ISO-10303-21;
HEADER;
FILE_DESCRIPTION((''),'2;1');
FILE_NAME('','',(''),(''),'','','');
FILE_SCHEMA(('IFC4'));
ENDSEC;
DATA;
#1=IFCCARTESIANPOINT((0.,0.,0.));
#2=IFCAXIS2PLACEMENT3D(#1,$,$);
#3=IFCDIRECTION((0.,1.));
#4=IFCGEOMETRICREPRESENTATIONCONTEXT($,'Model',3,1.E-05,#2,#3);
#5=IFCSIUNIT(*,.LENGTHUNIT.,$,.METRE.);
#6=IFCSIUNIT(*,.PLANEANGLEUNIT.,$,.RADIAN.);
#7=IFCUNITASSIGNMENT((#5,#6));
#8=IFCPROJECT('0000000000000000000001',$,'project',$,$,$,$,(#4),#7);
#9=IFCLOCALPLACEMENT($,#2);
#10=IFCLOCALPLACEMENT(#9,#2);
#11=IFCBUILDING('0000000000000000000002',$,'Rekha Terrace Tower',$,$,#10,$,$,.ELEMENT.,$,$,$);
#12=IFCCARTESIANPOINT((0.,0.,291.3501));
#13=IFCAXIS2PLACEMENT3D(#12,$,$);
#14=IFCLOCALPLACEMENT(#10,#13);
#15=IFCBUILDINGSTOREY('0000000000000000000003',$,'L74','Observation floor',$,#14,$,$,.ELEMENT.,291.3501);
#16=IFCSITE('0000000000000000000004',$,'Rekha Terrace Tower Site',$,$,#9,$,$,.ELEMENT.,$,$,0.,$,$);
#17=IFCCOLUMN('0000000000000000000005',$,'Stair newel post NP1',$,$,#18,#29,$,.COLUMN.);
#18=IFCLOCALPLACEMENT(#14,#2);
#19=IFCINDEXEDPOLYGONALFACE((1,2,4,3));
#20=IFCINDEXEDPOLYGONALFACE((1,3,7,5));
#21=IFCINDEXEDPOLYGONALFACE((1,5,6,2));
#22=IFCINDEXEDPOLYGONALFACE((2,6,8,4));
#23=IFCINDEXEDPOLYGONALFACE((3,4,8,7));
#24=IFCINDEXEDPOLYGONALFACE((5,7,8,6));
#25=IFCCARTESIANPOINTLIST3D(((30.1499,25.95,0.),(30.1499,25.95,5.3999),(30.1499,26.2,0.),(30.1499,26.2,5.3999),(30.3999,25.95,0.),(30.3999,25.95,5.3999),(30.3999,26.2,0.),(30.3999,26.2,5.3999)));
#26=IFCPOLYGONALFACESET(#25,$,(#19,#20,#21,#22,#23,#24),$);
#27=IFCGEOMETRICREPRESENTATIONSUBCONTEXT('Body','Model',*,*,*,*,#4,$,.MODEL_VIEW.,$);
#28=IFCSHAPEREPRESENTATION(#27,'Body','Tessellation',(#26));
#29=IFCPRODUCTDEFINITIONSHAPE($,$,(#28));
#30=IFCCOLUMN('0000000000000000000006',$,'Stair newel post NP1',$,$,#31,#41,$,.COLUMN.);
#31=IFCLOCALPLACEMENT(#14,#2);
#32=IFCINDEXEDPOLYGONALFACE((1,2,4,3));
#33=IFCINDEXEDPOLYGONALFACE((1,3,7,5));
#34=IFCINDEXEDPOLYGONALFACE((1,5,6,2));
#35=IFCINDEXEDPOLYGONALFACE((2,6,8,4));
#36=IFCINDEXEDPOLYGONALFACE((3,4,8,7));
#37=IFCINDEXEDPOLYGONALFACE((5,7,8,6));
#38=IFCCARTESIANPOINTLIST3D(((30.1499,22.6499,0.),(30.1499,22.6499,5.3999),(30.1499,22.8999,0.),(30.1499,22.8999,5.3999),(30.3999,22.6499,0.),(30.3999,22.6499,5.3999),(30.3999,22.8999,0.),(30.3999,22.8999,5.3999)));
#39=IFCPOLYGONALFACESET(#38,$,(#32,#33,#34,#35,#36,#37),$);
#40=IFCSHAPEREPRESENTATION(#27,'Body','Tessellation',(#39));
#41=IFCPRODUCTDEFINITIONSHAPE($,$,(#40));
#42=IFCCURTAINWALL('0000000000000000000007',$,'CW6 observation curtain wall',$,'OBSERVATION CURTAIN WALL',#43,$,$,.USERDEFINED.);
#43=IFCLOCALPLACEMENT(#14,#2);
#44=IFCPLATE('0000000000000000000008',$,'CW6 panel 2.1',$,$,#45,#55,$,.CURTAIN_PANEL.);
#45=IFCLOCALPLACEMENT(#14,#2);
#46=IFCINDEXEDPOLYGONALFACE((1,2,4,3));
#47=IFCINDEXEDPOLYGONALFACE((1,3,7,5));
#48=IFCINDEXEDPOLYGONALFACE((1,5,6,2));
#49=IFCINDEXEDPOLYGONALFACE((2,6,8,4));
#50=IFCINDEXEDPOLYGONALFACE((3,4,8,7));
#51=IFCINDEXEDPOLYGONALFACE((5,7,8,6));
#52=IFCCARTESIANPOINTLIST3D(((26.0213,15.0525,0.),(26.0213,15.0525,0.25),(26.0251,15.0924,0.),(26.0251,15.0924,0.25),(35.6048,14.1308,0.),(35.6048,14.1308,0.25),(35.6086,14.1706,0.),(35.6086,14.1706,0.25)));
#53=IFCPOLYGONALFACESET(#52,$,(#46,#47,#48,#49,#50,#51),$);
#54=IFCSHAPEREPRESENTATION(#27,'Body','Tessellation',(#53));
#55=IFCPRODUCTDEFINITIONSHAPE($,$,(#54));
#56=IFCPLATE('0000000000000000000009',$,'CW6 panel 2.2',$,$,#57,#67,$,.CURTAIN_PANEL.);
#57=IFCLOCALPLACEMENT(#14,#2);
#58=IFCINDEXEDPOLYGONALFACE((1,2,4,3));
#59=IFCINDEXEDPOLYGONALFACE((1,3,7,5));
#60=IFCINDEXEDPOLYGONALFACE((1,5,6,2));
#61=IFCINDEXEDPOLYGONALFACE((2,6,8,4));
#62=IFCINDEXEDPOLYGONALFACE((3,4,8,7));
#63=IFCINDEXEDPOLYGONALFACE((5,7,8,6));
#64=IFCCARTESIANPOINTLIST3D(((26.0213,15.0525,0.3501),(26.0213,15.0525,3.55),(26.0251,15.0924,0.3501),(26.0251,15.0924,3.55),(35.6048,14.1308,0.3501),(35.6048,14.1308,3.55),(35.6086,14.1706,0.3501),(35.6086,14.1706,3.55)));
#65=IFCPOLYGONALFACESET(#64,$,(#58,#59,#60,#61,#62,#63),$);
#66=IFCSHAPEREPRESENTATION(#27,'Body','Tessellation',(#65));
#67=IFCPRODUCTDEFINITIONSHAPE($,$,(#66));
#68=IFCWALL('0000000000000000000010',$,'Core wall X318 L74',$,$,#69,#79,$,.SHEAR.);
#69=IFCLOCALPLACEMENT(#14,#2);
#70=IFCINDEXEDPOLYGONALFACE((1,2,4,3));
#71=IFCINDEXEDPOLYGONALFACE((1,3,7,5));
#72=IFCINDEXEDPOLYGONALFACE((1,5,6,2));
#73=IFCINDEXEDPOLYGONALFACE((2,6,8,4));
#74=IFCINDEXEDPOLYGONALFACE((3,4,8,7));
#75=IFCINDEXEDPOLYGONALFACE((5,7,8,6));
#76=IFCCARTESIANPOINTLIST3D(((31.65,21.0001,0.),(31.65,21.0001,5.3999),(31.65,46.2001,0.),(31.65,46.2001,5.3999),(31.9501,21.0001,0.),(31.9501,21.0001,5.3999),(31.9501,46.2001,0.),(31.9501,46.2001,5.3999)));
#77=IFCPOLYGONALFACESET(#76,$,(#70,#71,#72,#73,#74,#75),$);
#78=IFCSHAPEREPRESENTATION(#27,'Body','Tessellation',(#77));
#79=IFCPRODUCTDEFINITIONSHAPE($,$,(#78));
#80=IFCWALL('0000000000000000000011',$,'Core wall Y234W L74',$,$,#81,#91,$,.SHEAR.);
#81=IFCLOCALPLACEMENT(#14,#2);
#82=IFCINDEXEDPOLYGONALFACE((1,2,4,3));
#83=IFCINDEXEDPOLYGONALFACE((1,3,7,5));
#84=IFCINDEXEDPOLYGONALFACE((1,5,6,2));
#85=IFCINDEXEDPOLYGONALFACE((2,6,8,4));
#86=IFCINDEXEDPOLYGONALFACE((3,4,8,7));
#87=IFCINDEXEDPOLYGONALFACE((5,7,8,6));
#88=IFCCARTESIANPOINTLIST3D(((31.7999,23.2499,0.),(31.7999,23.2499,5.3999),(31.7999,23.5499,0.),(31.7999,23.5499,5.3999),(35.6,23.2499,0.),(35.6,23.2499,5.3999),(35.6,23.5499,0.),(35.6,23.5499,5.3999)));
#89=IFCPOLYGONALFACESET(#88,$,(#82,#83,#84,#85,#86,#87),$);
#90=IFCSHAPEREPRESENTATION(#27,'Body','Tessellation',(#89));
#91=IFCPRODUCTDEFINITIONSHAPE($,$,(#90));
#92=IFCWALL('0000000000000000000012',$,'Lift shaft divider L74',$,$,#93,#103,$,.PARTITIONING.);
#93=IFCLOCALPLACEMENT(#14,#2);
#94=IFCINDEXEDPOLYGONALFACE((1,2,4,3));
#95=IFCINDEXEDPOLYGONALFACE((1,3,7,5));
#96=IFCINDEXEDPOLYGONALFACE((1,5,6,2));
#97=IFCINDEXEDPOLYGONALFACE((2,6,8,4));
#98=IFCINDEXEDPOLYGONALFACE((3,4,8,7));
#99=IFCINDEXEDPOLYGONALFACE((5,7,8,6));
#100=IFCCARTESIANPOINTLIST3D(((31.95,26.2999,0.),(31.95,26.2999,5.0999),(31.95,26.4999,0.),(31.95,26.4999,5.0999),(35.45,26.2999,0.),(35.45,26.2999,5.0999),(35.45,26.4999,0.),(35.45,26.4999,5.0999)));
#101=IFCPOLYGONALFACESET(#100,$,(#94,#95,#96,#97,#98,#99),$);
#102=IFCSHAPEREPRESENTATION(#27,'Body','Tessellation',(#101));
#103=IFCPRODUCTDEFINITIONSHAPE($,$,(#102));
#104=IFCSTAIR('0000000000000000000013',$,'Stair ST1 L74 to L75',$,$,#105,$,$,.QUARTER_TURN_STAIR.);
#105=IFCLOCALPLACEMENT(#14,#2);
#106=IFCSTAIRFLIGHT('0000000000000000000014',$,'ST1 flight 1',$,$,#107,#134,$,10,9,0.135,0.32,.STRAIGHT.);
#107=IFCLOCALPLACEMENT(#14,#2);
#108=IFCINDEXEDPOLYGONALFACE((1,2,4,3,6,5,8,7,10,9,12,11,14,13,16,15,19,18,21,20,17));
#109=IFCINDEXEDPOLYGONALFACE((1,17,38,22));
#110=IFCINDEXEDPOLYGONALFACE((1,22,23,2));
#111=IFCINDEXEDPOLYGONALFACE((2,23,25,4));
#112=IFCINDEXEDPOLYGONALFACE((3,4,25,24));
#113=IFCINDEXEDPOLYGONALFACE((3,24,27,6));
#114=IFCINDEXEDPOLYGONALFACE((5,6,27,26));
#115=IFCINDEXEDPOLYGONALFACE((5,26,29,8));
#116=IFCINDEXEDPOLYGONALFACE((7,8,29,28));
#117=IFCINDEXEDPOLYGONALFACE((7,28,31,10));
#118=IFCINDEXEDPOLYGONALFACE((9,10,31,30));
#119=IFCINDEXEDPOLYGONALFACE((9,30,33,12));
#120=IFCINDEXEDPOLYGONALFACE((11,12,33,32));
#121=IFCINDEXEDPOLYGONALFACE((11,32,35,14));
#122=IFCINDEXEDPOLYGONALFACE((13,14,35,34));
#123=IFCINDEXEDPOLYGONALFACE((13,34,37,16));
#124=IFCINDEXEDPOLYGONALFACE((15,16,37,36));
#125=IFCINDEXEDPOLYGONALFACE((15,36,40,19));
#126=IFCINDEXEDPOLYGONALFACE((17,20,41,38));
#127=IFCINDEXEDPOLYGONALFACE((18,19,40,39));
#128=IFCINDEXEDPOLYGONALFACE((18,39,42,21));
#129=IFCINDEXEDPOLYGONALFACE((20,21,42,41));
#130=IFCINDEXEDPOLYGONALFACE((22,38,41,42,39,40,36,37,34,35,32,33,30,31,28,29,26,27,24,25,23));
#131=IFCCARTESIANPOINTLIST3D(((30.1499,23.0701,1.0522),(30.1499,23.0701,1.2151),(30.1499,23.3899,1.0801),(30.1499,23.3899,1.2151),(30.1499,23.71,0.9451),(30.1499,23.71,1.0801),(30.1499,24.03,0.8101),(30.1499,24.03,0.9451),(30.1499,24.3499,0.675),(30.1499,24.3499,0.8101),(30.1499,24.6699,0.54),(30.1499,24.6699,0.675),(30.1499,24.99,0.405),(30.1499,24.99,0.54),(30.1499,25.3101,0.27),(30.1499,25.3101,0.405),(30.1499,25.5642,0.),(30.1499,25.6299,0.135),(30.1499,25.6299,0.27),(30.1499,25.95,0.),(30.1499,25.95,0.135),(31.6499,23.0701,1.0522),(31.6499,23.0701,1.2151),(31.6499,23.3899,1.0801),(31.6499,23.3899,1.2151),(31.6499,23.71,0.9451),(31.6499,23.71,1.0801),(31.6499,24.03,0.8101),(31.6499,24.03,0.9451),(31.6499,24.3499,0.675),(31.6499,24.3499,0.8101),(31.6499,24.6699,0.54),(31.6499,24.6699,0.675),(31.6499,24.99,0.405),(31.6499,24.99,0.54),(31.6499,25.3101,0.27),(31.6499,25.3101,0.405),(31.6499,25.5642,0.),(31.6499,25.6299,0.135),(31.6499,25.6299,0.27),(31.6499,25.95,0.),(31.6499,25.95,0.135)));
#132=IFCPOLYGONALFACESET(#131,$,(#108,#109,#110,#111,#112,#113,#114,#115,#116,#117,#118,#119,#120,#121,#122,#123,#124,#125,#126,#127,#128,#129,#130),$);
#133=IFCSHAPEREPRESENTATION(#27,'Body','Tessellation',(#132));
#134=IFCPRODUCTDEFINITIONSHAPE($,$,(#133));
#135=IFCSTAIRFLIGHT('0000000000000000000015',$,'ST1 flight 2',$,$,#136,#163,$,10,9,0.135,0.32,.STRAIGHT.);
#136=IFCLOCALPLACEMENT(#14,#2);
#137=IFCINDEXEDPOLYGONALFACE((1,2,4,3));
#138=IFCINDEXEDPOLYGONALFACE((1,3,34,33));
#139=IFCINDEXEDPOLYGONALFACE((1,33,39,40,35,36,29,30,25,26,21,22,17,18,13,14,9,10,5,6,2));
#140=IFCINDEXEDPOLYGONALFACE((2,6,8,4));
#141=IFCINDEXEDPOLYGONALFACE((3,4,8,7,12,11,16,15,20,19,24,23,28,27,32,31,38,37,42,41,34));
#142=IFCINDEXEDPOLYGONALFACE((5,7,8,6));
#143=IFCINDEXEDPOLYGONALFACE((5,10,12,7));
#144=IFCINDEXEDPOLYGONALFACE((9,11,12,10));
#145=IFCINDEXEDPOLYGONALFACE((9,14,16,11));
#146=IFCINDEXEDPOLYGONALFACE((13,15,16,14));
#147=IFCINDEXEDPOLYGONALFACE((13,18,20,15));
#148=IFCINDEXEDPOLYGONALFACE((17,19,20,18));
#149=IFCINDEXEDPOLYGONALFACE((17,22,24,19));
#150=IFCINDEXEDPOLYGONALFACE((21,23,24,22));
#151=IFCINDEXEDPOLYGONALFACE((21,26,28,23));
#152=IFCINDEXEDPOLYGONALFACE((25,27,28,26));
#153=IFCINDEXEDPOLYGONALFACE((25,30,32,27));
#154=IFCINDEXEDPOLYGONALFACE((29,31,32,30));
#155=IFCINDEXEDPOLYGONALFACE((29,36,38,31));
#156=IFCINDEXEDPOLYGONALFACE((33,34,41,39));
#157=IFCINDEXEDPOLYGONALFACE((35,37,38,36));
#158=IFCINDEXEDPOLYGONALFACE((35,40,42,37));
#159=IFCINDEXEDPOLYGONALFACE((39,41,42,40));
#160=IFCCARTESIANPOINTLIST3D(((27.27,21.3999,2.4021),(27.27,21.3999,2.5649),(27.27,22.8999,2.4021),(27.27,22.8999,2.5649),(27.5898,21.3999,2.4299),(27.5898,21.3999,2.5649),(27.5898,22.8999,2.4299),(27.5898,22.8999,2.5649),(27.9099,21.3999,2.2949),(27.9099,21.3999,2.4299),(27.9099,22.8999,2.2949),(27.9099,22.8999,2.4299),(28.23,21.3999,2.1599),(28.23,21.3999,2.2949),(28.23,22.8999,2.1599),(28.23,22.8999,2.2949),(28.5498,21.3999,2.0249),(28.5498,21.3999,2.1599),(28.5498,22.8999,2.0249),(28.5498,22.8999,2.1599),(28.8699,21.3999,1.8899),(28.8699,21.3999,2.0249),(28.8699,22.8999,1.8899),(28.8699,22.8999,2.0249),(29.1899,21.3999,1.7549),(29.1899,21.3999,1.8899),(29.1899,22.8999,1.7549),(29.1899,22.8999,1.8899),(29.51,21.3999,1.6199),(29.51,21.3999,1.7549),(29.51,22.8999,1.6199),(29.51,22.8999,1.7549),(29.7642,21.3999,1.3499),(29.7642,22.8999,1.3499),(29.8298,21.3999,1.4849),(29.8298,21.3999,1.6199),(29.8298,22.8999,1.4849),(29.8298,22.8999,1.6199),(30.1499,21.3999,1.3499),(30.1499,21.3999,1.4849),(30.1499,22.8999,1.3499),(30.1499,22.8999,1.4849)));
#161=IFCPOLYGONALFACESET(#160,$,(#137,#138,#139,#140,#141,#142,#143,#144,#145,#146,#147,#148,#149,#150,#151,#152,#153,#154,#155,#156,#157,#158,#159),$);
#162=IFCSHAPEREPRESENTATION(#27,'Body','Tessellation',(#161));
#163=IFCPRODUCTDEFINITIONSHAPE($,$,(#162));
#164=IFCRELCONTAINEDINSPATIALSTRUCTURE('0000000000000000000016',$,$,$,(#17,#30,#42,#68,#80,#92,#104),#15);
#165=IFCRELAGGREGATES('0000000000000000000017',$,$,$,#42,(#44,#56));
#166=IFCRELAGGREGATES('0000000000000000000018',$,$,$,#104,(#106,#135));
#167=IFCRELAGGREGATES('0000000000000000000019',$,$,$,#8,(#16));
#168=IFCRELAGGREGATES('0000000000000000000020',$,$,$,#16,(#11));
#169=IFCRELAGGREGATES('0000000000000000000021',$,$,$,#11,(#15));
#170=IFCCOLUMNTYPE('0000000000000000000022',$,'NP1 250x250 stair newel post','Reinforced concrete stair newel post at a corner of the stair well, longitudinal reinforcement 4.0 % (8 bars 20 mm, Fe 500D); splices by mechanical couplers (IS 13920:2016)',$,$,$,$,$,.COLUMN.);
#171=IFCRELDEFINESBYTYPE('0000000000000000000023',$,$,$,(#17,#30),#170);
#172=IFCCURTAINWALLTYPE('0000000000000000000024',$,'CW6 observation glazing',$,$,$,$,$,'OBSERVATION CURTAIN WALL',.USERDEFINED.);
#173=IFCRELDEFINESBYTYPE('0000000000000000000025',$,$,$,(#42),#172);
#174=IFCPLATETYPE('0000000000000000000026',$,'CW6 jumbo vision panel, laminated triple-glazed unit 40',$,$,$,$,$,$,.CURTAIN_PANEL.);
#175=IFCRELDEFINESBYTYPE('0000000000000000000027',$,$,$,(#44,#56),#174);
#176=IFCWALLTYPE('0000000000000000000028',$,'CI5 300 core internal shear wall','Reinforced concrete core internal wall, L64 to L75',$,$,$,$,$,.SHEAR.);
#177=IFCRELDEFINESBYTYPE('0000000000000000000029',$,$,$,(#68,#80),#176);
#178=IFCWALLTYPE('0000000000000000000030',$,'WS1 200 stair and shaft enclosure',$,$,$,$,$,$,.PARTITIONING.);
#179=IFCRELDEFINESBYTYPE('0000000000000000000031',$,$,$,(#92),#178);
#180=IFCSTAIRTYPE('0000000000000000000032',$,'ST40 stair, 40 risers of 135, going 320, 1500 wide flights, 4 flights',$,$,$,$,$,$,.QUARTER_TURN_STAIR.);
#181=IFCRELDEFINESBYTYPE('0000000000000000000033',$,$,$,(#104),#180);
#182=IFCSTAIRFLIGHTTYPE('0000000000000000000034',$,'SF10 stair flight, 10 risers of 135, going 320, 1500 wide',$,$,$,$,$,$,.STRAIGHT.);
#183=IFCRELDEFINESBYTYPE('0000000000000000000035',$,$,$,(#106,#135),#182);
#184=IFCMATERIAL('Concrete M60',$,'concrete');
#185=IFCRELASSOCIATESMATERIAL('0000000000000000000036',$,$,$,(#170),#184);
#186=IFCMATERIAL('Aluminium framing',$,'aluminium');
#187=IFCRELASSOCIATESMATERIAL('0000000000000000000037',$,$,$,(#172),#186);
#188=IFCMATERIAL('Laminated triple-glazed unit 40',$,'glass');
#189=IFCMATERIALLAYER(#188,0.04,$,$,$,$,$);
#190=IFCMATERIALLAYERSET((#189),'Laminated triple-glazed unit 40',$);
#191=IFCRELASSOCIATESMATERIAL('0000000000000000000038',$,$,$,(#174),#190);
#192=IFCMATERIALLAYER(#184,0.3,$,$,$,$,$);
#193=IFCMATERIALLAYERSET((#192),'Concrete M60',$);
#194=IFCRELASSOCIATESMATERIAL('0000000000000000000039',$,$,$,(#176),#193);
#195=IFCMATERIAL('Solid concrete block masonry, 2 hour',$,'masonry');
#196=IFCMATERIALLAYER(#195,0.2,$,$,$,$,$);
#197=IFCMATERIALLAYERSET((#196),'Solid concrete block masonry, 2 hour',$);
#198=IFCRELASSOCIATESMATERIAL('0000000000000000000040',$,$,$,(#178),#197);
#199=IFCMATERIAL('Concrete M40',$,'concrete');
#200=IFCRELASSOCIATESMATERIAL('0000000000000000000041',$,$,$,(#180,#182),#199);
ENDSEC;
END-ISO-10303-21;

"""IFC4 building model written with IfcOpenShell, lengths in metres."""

from ifc_helpers import new_model, si_unit, direction, frame, frame_2d, origin, origin_2d, place, context, subcontext, project, spatial, polyline, rectangle, outline, extrude, material, layer, layer_set, material_profile, profile_set, type_object, element, aggregate, save


model = new_model("IFC4")

# Units and contexts
model_context = context("Model", 3, precision=1e-05, world=origin(), true_north=direction((0.0, 1.0)))
body_context = subcontext(model_context, "Body", "Model", "MODEL_VIEW")
ifc_project = project(units=[si_unit("LENGTHUNIT", "METRE"), si_unit("PLANEANGLEUNIT", "RADIAN")], contexts=[model_context])

# Site, building, storey
site_placement = place(None, origin())
site = spatial("IfcSite", under=ifc_project, at=site_placement, Name="Rekha Terrace Tower Site", CompositionType="ELEMENT", RefElevation=0.0)
building_placement = place(site_placement, origin())
building = spatial("IfcBuilding", under=site, at=building_placement, Name="Rekha Terrace Tower", CompositionType="ELEMENT")
storey_placement = place(building_placement, frame((0.0, 0.0, 291.3501)))
storey = spatial("IfcBuildingStorey", under=building, at=storey_placement, Name="L74", Description="Observation floor", CompositionType="ELEMENT", Elevation=291.3501)

# Columns
ifc_material_1 = material(Name="Concrete M60", Category="concrete")
ifc_material_profile = material_profile(ifc_material_1, rectangle(XDim=0.25, YDim=0.25, at=origin_2d()), Name="RC 250x250")
ifc_profile_set = profile_set([ifc_material_profile], Name="Concrete M60")
column_type = type_object("IfcColumnType", Name="NP1 250x250 stair newel post", Description="Reinforced concrete stair newel post at a corner of the stair well, longitudinal reinforcement 4.0 % (8 bars 20 mm, Fe 500D); splices by mechanical couplers (IS 13920:2016)", PredefinedType="COLUMN", material=ifc_profile_set)
for number, where, z_axis, x_axis, name in (
    (1, (30.2749, 26.075, 0.0), (0.0, 0.0, 1.0), (1.0, 0.0, 0.0), "Stair newel post NP1"),
    (2, (30.2749, 22.7749, 0.0), (0.0, 0.0, 1.0), (1.0, 0.0, 0.0), "Stair newel post NP1"),
):
    element("IfcColumn", number, at=place(storey_placement, frame(where, z_axis=z_axis, x_axis=x_axis)), inside=storey, type_object=column_type, Name=name, PredefinedType="COLUMN", context=body_context, shape_type="SweptSolid", body=[
        extrude(rectangle(XDim=0.25, YDim=0.25, at=origin_2d()), origin(), (0.0, 0.0, 1.0), 5.3999),
    ])

# Curtain wall, plates
ifc_material_2 = material(Name="Aluminium framing", Category="aluminium")
curtain_wall_type = type_object("IfcCurtainWallType", Name="CW6 observation glazing", ElementType="OBSERVATION CURTAIN WALL", PredefinedType="USERDEFINED", material=ifc_material_2)
curtain_wall_placement = place(storey_placement, origin())
curtain_wall = element("IfcCurtainWall", 3, at=curtain_wall_placement, inside=storey, type_object=curtain_wall_type, Name="CW6 observation curtain wall", ObjectType="OBSERVATION CURTAIN WALL", PredefinedType="USERDEFINED")
ifc_material_3 = material(Name="Laminated triple-glazed unit 40", Category="glass")
ifc_layer_1 = layer(ifc_material_3, 0.04)
ifc_layer_set_1 = layer_set([ifc_layer_1], Name="Laminated triple-glazed unit 40")
plate_type = type_object("IfcPlateType", Name="CW6 jumbo vision panel, laminated triple-glazed unit 40", PredefinedType="CURTAIN_PANEL", material=ifc_layer_set_1)
plate_1_placement = place(storey_placement, frame((30.8149, 14.6116, 0.0), z_axis=(0.0, 0.0, 1.0), x_axis=(0.995407, -0.095736, 0.0)))
plate_1 = element("IfcPlate", 4, at=plate_1_placement, type_object=plate_type, Name="CW6 panel 2.1", PredefinedType="CURTAIN_PANEL", context=body_context, shape_type="SweptSolid", body=[
    extrude(rectangle(XDim=9.6277, YDim=0.04, at=origin_2d()), origin(), (0.0, 0.0, 1.0), 0.25),
])
plate_2_placement = place(storey_placement, frame((30.8149, 14.6116, 0.3501), z_axis=(0.0, 0.0, 1.0), x_axis=(0.995407, -0.095736, 0.0)))
plate_2 = element("IfcPlate", 5, at=plate_2_placement, type_object=plate_type, Name="CW6 panel 2.2", PredefinedType="CURTAIN_PANEL", context=body_context, shape_type="SweptSolid", body=[
    extrude(rectangle(XDim=9.6277, YDim=0.04, at=origin_2d()), origin(), (0.0, 0.0, 1.0), 3.2),
])
aggregate(curtain_wall, [plate_1, plate_2])

# Walls
ifc_layer_2 = layer(ifc_material_1, 0.3)
ifc_layer_set_2 = layer_set([ifc_layer_2], Name="Concrete M60")
wall_type_1 = type_object("IfcWallType", Name="CI5 300 core internal shear wall", Description="Reinforced concrete core internal wall, L64 to L75", PredefinedType="SHEAR", material=ifc_layer_set_2)
wall_1_placement = place(storey_placement, frame((31.8, 21.0, 0.0), z_axis=(0.0, 0.0, 1.0), x_axis=(0.0, 1.0, 0.0)))
element("IfcWall", 6, at=wall_1_placement, inside=storey, type_object=wall_type_1, Name="Core wall X318 L74", PredefinedType="SHEAR", context=body_context, shape_type="SweptSolid", body=[
    extrude(rectangle(XDim=25.2, YDim=0.3, at=frame_2d((12.6001, 0.0))), origin(), (0.0, 0.0, 1.0), 5.3999),
])
wall_2_placement = place(storey_placement, frame((31.8, 23.3999, 0.0), z_axis=(0.0, 0.0, 1.0), x_axis=(1.0, 0.0, 0.0)))
element("IfcWall", 7, at=wall_2_placement, inside=storey, type_object=wall_type_1, Name="Core wall Y234W L74", PredefinedType="SHEAR", context=body_context, shape_type="SweptSolid", body=[
    extrude(rectangle(XDim=3.8, YDim=0.3, at=frame_2d((1.8999, 0.0))), origin(), (0.0, 0.0, 1.0), 5.3999),
])
ifc_material_4 = material(Name="Solid concrete block masonry, 2 hour", Category="masonry")
ifc_layer_3 = layer(ifc_material_4, 0.2)
ifc_layer_set_3 = layer_set([ifc_layer_3], Name="Solid concrete block masonry, 2 hour")
wall_type_2 = type_object("IfcWallType", Name="WS1 200 stair and shaft enclosure", PredefinedType="PARTITIONING", material=ifc_layer_set_3)
wall_3_placement = place(storey_placement, frame((31.95, 26.3999, 0.0), z_axis=(0.0, 0.0, 1.0), x_axis=(1.0, 0.0, 0.0)))
element("IfcWall", 8, at=wall_3_placement, inside=storey, type_object=wall_type_2, Name="Lift shaft divider L74", PredefinedType="PARTITIONING", context=body_context, shape_type="SweptSolid", body=[
    extrude(rectangle(XDim=3.5, YDim=0.2, at=frame_2d((1.75, 0.0))), origin(), (0.0, 0.0, 1.0), 5.0999),
])

# Stair, stair flights
ifc_material_5 = material(Name="Concrete M40", Category="concrete")
stair_type = type_object("IfcStairType", Name="ST40 stair, 40 risers of 135, going 320, 1500 wide flights, 4 flights", PredefinedType="QUARTER_TURN_STAIR", material=ifc_material_5)
stair_placement = place(storey_placement, origin())
stair = element("IfcStair", 9, at=stair_placement, inside=storey, type_object=stair_type, Name="Stair ST1 L74 to L75", PredefinedType="QUARTER_TURN_STAIR")
stair_flight_type = type_object("IfcStairFlightType", Name="SF10 stair flight, 10 risers of 135, going 320, 1500 wide", PredefinedType="STRAIGHT", material=ifc_material_5)
stair_flight_1_placement = place(storey_placement, frame((30.8999, 25.95, 0.0), z_axis=(0.0, 0.0, 1.0), x_axis=(0.0, -1.0, 0.0)))
stair_flight_1 = element("IfcStairFlight", 10, at=stair_flight_1_placement, type_object=stair_flight_type, Name="ST1 flight 1", NumberOfRisers=10, NumberOfTreads=9, PredefinedType="STRAIGHT", RiserHeight=0.135, TreadLength=0.32, context=body_context, shape_type="SweptSolid", body=[
    extrude(outline(polyline([(0.0, 0.0), (0.0, 0.135), (0.3201, 0.135), (0.3201, 0.27), (0.6399, 0.27), (0.6399, 0.405), (0.96, 0.405), (0.96, 0.54), (1.28, 0.54), (1.28, 0.675), (1.6001, 0.675), (1.6001, 0.8101), (1.9199, 0.8101), (1.9199, 0.9451), (2.24, 0.9451), (2.24, 1.0801), (2.5601, 1.0801), (2.5601, 1.2151), (2.8799, 1.2151), (2.8799, 1.3501), (2.8799, 1.0522), (0.3857, 0.0), (0.0, 0.0)])), frame((0.0, 0.75, 0.0), z_axis=(0.0, -1.0, 0.0), x_axis=(1.0, 0.0, 0.0)), (0.0, 0.0, 1.0), 1.5),
])
stair_flight_2_placement = place(storey_placement, frame((30.1499, 22.1499, 1.3499), z_axis=(0.0, 0.0, 1.0), x_axis=(-1.0, 0.0, 0.0)))
stair_flight_2 = element("IfcStairFlight", 11, at=stair_flight_2_placement, type_object=stair_flight_type, Name="ST1 flight 2", NumberOfRisers=10, NumberOfTreads=9, PredefinedType="STRAIGHT", RiserHeight=0.135, TreadLength=0.32, context=body_context, shape_type="SweptSolid", body=[
    extrude(outline(polyline([(0.0, 0.0), (0.0, 0.135), (0.3201, 0.135), (0.3201, 0.27), (0.6399, 0.27), (0.6399, 0.405), (0.96, 0.405), (0.96, 0.54), (1.28, 0.54), (1.28, 0.675), (1.6001, 0.675), (1.6001, 0.8101), (1.9199, 0.8101), (1.9199, 0.9451), (2.24, 0.9451), (2.24, 1.0801), (2.5601, 1.0801), (2.5601, 1.2151), (2.8799, 1.2151), (2.8799, 1.3501), (2.8799, 1.0522), (0.3857, 0.0), (0.0, 0.0)])), frame((0.0, 0.75, 0.0), z_axis=(0.0, -1.0, 0.0), x_axis=(1.0, 0.0, 0.0)), (0.0, 0.0, 1.0), 1.5),
])
aggregate(stair, [stair_flight_1, stair_flight_2])

save(model, "model.ifc")
